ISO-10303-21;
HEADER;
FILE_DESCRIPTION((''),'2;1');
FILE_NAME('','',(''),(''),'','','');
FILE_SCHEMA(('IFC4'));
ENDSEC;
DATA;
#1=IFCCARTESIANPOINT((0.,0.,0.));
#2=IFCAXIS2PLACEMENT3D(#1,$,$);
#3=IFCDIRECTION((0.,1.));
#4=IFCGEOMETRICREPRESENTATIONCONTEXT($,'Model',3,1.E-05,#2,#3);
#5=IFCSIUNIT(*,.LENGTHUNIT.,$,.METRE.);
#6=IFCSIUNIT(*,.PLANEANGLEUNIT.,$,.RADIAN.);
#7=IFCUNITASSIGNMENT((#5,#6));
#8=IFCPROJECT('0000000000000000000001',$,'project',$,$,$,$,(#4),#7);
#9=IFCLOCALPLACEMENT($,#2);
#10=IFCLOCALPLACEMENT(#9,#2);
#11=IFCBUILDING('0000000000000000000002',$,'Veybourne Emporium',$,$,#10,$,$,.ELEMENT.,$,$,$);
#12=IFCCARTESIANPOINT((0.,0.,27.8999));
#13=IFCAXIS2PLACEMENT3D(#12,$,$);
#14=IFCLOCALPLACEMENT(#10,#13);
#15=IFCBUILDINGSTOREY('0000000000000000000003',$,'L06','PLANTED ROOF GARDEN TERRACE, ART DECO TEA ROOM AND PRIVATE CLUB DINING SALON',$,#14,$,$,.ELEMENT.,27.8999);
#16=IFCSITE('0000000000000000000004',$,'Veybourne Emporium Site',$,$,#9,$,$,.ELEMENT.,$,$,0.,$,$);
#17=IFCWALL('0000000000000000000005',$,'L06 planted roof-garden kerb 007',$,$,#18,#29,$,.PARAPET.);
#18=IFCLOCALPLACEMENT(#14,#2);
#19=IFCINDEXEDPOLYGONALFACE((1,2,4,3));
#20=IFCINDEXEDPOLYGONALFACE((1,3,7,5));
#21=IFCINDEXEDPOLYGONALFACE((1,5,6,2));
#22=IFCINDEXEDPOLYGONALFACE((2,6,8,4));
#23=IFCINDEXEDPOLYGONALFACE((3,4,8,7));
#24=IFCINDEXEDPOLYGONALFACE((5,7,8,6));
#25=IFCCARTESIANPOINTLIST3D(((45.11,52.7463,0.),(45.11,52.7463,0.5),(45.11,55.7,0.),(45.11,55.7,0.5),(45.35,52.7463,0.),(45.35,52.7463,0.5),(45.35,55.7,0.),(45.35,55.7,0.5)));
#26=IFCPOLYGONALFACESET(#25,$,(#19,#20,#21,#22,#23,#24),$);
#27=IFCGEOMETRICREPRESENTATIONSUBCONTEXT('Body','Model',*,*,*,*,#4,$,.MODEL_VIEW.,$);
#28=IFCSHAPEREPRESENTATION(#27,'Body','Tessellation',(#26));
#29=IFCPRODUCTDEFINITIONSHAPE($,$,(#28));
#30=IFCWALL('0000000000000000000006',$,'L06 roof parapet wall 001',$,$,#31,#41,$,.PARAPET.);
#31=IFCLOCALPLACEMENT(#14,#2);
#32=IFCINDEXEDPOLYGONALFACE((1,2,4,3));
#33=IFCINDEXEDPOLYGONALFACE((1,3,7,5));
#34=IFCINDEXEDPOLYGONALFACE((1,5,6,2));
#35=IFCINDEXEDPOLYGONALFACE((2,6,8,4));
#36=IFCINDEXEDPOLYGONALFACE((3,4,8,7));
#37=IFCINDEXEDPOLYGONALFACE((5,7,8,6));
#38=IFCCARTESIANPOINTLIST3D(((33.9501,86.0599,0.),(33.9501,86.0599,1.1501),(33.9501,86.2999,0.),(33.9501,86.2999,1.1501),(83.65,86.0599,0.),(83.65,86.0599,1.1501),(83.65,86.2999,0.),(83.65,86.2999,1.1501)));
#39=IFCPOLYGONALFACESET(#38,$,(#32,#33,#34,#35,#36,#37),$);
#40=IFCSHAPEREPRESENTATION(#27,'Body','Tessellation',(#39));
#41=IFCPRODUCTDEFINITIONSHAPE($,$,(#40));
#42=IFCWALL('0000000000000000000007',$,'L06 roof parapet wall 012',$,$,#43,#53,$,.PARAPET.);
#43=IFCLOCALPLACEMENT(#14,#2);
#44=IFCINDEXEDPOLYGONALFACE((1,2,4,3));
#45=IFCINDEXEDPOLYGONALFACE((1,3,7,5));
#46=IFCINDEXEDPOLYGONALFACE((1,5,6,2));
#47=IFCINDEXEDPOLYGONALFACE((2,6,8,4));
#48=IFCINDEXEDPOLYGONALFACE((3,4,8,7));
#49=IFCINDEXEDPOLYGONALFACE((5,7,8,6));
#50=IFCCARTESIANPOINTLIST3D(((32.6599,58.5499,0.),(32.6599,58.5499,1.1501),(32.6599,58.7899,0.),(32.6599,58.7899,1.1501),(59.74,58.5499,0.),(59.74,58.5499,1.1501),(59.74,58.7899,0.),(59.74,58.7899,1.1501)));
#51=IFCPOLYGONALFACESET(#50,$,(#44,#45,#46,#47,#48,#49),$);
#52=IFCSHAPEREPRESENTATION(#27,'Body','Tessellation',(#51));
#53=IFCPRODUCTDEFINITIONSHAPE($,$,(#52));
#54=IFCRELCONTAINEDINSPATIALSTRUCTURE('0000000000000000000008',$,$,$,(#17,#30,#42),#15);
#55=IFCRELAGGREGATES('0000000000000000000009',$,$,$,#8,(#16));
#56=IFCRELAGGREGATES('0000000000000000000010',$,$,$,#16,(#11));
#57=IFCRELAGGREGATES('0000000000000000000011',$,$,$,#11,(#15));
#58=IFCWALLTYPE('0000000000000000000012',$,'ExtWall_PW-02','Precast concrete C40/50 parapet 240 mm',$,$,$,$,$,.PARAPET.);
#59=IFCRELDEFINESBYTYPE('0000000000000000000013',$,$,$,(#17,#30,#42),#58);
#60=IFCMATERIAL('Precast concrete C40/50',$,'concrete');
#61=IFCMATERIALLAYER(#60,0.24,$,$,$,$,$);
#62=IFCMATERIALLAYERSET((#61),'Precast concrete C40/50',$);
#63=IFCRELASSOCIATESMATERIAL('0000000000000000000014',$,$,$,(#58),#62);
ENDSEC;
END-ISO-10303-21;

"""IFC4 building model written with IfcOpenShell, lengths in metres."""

from ifc_helpers import new_model, si_unit, direction, frame, frame_2d, origin, place, context, subcontext, project, spatial, rectangle, extrude, material, layer, layer_set, type_object, element, save


model = new_model("IFC4")

# Units and contexts
model_context = context("Model", 3, precision=1e-05, world=origin(), true_north=direction((0.0, 1.0)))
body_context = subcontext(model_context, "Body", "Model", "MODEL_VIEW")
ifc_project = project(units=[si_unit("LENGTHUNIT", "METRE"), si_unit("PLANEANGLEUNIT", "RADIAN")], contexts=[model_context])

# Site, building, storey
site_placement = place(None, origin())
site = spatial("IfcSite", under=ifc_project, at=site_placement, Name="Veybourne Emporium Site", CompositionType="ELEMENT", RefElevation=0.0)
building_placement = place(site_placement, origin())
building = spatial("IfcBuilding", under=site, at=building_placement, Name="Veybourne Emporium", CompositionType="ELEMENT")
storey_placement = place(building_placement, frame((0.0, 0.0, 27.8999)))
storey = spatial("IfcBuildingStorey", under=building, at=storey_placement, Name="L06", Description="PLANTED ROOF GARDEN TERRACE, ART DECO TEA ROOM AND PRIVATE CLUB DINING SALON", CompositionType="ELEMENT", Elevation=27.8999)

# Walls
ifc_material_1 = material(Name="Precast concrete C40/50", Category="concrete")
ifc_layer_1 = layer(ifc_material_1, 0.24)
ifc_layer_set_1 = layer_set([ifc_layer_1], Name="Precast concrete C40/50")
wall_type = type_object("IfcWallType", Name="ExtWall_PW-02", Description="Precast concrete C40/50 parapet 240 mm", PredefinedType="PARAPET", material=ifc_layer_set_1)
wall_1_placement = place(storey_placement, frame((45.23, 55.7, 0.0), z_axis=(0.0, 0.0, 1.0), x_axis=(0.0, -1.0, 0.0)))
element("IfcWall", 1, at=wall_1_placement, inside=storey, type_object=wall_type, Name="L06 planted roof-garden kerb 007", PredefinedType="PARAPET", context=body_context, shape_type="SweptSolid", body=[
    extrude(rectangle(XDim=2.9536, YDim=0.24, at=frame_2d((1.4768, 0.0))), origin(), (0.0, 0.0, 1.0), 0.5),
])
wall_2_placement = place(storey_placement, frame((33.95, 86.1799, 0.0), z_axis=(0.0, 0.0, 1.0), x_axis=(1.0, 0.0, 0.0)))
element("IfcWall", 2, at=wall_2_placement, inside=storey, type_object=wall_type, Name="L06 roof parapet wall 001", PredefinedType="PARAPET", context=body_context, shape_type="SweptSolid", body=[
    extrude(rectangle(XDim=49.7, YDim=0.24, at=frame_2d((24.8501, 0.0))), origin(), (0.0, 0.0, 1.0), 1.1501),
])
wall_3_placement = place(storey_placement, frame((59.74, 58.6699, 0.0), z_axis=(0.0, 0.0, 1.0), x_axis=(-1.0, 0.0, 0.0)))
element("IfcWall", 3, at=wall_3_placement, inside=storey, type_object=wall_type, Name="L06 roof parapet wall 012", PredefinedType="PARAPET", context=body_context, shape_type="SweptSolid", body=[
    extrude(rectangle(XDim=27.0801, YDim=0.24, at=frame_2d((13.54, 0.0))), origin(), (0.0, 0.0, 1.0), 1.1501),
])

save(model, "model.ifc")
